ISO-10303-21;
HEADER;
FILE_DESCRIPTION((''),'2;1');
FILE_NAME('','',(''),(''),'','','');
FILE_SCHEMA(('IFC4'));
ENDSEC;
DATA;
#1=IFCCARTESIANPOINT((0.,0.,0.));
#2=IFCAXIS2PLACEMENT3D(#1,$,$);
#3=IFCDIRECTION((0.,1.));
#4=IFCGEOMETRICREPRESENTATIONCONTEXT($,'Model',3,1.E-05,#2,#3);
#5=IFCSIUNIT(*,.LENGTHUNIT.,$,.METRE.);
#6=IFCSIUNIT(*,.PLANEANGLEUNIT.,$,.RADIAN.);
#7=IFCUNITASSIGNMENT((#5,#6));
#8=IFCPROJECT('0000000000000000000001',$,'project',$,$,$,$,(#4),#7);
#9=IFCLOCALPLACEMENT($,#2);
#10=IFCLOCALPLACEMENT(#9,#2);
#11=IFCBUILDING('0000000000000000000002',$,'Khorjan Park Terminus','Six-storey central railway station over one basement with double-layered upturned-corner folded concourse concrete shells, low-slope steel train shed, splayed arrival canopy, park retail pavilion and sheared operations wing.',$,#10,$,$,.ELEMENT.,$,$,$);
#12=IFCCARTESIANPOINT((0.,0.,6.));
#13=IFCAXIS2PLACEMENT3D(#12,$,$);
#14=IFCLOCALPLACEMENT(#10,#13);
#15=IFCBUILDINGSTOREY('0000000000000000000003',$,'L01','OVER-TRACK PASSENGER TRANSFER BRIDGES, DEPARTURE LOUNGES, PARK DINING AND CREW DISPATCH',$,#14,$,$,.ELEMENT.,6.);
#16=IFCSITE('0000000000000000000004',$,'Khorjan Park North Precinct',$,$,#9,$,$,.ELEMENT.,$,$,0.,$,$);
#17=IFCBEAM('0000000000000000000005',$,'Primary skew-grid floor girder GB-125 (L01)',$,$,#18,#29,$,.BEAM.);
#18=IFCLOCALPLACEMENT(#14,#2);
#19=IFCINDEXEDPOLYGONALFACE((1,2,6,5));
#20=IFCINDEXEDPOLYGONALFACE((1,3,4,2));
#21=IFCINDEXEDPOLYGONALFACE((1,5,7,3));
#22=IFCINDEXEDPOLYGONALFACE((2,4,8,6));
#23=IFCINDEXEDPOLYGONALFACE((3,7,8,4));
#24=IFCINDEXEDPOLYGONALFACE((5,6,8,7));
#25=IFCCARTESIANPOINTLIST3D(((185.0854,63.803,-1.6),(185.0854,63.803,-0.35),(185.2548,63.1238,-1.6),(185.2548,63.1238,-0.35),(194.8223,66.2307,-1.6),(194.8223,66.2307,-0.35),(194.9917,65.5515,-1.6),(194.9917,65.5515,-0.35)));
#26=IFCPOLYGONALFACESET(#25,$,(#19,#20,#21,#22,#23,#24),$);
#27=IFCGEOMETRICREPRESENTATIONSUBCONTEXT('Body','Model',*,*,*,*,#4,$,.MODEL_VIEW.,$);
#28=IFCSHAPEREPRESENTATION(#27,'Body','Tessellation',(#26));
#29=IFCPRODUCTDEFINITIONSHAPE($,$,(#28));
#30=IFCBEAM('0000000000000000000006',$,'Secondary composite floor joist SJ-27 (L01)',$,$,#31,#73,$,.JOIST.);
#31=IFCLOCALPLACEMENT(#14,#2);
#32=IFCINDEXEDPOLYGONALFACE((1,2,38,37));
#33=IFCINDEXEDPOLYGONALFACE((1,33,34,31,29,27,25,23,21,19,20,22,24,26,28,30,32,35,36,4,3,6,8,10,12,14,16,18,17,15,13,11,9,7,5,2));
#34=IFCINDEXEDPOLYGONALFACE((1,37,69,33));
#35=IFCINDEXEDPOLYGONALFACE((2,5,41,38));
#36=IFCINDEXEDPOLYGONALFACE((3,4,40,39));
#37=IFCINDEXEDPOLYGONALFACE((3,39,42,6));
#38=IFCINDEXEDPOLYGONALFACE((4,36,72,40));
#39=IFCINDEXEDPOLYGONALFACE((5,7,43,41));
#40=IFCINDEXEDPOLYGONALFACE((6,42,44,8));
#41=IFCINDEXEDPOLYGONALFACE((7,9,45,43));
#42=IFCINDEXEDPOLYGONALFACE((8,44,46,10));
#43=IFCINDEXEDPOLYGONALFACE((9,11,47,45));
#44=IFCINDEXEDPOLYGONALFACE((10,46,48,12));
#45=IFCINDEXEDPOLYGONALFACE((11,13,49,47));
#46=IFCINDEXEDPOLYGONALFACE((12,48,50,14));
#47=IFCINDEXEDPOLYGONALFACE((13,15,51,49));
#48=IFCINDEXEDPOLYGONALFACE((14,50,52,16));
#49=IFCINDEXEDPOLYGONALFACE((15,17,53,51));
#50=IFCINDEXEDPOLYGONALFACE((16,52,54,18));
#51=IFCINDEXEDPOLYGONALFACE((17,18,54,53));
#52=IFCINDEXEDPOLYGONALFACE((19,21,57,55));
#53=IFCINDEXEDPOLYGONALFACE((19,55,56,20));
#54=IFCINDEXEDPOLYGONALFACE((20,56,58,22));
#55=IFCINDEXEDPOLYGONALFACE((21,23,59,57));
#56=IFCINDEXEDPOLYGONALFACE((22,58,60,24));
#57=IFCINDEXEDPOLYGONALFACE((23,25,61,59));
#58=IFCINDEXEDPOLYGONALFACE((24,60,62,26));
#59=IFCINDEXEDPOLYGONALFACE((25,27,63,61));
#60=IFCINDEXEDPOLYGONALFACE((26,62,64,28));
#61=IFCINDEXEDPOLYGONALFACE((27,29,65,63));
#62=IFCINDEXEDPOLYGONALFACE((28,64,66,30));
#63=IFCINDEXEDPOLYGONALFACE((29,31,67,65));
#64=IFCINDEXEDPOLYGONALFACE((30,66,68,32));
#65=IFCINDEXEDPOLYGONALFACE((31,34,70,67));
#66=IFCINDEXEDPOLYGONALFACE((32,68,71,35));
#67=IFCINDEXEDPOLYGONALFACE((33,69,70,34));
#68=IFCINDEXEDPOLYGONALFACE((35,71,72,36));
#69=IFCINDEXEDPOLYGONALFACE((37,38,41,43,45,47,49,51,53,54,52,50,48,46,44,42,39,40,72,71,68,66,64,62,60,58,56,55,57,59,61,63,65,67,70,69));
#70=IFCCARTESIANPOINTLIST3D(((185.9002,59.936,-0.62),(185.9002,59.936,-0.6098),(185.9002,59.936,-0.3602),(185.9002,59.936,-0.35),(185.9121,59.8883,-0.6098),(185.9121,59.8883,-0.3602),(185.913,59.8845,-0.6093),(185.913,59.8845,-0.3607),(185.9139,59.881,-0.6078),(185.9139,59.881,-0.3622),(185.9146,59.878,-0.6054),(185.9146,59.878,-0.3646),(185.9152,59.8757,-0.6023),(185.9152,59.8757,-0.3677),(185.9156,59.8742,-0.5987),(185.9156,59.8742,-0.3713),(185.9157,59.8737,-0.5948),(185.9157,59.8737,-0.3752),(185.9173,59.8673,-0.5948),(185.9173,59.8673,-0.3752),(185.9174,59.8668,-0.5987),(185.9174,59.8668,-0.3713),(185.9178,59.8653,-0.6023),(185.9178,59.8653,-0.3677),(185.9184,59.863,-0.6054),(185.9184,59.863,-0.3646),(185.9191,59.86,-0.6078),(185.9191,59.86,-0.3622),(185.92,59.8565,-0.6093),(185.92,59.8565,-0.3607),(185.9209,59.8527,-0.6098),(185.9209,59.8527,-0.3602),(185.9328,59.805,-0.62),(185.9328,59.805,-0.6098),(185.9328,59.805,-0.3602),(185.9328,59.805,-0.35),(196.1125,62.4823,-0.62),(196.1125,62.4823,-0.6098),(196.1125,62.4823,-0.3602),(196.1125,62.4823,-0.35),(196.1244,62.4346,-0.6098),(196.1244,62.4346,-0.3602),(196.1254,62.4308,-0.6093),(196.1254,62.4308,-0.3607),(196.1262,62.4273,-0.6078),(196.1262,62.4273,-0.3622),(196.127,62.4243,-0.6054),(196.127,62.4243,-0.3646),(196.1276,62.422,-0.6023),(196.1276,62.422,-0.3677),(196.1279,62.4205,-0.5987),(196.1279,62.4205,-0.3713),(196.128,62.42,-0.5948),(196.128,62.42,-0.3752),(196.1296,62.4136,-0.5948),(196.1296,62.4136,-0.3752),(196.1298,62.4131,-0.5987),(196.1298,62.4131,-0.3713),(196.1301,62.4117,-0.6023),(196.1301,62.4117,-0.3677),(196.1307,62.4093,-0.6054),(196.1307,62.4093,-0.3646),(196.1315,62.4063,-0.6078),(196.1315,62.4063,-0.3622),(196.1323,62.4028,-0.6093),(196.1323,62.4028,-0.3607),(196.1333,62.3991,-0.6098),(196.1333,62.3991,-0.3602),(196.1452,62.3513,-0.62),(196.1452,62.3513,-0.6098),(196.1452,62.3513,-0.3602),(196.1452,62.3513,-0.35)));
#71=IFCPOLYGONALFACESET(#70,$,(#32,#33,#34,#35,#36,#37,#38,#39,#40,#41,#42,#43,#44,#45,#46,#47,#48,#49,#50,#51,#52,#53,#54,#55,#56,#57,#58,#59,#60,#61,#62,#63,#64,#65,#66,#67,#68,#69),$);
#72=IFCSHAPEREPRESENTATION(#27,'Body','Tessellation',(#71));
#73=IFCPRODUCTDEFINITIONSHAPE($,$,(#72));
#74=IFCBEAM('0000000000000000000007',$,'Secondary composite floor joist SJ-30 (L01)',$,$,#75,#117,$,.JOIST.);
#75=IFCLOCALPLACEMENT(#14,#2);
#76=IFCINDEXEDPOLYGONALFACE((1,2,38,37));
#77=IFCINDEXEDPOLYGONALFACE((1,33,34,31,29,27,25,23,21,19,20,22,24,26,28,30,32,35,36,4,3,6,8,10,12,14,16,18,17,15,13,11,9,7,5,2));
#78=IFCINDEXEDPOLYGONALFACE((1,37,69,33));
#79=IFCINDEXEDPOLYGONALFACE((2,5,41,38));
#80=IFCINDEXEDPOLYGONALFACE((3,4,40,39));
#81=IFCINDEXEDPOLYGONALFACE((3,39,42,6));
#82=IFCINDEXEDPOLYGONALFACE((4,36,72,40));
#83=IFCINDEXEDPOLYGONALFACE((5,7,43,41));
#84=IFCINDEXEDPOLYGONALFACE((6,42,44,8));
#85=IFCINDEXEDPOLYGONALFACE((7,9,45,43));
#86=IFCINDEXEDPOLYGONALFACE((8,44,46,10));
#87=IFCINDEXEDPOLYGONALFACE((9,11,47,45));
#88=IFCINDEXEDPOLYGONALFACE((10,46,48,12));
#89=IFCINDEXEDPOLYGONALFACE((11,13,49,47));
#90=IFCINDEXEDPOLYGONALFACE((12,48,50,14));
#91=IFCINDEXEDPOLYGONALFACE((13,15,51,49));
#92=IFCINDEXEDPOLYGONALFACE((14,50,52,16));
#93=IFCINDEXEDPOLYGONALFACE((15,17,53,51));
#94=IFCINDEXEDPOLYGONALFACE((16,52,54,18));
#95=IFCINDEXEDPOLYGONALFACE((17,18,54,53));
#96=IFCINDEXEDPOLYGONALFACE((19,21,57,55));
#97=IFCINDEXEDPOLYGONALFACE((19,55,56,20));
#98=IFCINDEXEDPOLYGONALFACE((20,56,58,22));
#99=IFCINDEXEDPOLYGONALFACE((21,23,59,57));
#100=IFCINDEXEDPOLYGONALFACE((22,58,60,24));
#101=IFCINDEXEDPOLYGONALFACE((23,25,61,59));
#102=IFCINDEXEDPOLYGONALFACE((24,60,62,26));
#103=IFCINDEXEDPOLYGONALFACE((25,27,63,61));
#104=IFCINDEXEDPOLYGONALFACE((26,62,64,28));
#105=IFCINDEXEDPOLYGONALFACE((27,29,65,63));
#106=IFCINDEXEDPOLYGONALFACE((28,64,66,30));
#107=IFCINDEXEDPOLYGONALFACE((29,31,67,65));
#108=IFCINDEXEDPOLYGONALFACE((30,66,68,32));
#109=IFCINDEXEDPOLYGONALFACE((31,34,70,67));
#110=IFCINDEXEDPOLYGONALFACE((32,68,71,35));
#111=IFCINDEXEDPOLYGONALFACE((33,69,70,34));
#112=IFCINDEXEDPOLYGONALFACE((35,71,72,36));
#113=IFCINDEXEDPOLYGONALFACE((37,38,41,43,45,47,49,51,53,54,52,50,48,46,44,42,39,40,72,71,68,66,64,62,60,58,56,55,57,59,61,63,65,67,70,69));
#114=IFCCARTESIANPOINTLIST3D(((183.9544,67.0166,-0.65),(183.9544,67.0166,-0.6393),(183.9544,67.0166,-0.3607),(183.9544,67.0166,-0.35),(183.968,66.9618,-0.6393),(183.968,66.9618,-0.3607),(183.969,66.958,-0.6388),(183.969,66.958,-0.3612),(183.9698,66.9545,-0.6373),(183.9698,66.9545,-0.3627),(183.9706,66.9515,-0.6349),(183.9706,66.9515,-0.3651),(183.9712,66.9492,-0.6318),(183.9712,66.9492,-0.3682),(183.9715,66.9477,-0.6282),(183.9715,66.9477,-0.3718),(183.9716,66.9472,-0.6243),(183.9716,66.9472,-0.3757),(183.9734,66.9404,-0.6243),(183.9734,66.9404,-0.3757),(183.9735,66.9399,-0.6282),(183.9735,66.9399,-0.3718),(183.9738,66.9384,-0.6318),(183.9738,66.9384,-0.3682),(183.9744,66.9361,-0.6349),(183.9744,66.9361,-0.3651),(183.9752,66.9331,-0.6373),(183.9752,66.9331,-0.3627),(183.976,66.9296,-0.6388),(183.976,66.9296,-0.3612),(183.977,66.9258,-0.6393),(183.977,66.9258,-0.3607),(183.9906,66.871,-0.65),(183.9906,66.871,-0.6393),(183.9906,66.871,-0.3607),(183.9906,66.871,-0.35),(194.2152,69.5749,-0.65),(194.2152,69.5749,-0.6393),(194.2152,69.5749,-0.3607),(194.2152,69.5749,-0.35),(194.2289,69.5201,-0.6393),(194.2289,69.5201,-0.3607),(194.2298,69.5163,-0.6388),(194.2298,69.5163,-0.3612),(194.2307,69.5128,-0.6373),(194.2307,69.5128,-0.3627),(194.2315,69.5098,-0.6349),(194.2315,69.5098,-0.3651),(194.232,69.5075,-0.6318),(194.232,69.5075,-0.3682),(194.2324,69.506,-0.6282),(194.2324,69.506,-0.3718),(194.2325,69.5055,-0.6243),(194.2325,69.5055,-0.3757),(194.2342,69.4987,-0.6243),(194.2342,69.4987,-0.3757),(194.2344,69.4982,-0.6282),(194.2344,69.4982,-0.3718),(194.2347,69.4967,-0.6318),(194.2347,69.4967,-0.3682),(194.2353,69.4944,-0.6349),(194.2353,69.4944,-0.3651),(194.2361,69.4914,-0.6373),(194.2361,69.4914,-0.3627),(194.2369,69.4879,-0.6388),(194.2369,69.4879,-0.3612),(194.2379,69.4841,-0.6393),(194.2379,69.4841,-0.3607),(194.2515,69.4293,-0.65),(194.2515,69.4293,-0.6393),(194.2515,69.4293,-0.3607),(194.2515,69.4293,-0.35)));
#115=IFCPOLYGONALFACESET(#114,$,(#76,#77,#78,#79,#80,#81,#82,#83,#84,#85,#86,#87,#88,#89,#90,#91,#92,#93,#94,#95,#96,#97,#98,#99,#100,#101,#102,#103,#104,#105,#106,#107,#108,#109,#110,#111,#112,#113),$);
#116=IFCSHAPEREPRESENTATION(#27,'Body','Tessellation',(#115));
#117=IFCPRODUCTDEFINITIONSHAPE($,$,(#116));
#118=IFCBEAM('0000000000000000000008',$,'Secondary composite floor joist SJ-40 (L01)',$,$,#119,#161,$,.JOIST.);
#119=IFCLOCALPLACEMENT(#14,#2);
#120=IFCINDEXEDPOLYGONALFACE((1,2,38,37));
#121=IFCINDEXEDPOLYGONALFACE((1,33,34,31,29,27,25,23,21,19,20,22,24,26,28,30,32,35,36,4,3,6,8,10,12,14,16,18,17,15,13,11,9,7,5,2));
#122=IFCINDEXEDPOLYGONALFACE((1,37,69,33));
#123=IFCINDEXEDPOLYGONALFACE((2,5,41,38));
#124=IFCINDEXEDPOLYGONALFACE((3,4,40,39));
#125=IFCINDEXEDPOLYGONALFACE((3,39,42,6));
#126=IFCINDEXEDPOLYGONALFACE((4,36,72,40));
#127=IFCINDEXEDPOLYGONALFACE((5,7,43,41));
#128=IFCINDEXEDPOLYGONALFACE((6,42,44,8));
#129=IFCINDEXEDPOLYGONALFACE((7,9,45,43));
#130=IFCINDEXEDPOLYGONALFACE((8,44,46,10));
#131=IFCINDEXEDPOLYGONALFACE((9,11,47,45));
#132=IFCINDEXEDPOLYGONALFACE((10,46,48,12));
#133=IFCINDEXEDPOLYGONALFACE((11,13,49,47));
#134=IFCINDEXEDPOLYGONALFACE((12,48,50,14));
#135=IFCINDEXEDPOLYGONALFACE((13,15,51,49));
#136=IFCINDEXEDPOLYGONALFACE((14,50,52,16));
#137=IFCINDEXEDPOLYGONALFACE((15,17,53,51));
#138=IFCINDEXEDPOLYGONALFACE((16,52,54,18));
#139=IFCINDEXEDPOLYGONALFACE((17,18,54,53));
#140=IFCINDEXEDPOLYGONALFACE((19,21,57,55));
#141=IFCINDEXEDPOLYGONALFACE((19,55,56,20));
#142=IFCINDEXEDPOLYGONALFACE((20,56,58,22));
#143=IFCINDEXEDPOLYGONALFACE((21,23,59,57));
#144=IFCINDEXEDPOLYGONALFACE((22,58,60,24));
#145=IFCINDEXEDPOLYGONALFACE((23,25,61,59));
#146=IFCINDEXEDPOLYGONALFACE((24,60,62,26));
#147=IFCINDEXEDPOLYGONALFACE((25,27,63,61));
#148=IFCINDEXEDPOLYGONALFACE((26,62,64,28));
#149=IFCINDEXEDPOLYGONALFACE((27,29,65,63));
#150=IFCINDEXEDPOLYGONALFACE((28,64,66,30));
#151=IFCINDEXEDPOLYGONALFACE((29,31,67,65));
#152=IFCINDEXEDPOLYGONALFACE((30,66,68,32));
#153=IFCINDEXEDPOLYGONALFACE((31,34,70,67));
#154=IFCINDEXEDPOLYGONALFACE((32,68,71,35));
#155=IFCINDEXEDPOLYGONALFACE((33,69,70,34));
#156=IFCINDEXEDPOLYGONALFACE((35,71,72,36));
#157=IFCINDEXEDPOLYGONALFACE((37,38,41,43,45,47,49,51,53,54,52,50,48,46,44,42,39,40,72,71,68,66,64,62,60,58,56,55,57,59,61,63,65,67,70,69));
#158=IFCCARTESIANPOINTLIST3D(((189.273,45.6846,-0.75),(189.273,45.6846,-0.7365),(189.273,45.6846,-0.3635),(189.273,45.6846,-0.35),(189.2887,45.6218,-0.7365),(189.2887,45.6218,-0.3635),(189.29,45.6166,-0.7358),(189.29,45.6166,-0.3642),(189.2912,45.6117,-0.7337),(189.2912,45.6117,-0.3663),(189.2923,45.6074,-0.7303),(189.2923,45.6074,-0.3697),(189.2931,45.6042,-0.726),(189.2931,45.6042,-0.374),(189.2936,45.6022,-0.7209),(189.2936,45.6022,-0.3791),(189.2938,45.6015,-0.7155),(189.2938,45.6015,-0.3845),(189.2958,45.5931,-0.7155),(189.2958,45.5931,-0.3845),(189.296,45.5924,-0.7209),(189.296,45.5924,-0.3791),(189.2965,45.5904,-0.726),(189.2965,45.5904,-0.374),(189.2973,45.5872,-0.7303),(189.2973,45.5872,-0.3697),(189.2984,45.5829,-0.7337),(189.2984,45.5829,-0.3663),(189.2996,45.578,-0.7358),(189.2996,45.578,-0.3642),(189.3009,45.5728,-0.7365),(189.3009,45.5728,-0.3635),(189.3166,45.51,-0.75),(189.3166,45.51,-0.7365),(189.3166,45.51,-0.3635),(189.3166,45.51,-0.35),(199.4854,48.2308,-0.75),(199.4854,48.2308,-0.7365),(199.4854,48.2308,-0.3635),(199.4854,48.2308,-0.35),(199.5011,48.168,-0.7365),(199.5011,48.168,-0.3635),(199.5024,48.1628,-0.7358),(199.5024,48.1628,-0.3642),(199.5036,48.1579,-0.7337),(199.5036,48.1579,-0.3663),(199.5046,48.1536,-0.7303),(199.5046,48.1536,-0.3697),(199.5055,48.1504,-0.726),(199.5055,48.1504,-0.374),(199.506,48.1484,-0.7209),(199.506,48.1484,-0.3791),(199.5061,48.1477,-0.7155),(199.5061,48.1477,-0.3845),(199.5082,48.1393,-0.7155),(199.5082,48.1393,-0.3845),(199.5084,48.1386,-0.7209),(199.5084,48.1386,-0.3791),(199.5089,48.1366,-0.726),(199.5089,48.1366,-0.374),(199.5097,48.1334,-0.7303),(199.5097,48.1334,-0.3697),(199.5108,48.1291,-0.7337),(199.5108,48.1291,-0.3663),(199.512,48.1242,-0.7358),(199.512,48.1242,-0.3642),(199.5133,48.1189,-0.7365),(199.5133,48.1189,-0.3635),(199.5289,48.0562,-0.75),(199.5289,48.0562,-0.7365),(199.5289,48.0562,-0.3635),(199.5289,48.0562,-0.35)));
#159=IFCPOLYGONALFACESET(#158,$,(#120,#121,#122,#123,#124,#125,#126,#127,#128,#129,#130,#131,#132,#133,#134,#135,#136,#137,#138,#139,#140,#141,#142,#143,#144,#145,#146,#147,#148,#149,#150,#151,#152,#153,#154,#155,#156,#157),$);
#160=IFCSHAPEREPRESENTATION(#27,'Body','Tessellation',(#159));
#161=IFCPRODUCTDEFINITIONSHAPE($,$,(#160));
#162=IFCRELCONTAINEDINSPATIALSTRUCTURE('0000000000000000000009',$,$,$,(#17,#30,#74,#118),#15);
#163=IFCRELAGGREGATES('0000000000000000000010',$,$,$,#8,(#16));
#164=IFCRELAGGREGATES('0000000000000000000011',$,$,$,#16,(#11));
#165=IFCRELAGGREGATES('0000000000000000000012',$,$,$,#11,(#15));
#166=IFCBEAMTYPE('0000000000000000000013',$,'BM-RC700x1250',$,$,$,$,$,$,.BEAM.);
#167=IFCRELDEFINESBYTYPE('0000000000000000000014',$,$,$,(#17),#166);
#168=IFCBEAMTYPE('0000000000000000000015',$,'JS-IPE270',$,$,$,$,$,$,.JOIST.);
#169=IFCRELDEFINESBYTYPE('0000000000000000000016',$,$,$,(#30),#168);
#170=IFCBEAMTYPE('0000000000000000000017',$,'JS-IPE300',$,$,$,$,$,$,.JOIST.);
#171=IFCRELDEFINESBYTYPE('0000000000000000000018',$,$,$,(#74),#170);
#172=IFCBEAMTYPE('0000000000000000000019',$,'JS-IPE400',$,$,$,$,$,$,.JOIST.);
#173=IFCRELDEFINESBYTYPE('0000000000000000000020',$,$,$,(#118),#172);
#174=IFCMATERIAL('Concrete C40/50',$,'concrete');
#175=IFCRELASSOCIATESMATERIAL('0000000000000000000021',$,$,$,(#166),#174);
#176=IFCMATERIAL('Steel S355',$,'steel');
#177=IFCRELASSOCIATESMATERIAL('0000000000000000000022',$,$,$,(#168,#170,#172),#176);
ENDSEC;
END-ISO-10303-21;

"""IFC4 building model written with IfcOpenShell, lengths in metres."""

from ifc_helpers import new_model, si_unit, direction, frame, origin, origin_2d, place, context, subcontext, project, spatial, rectangle, i_section, extrude, material, material_profile, profile_set, type_object, element, save


model = new_model("IFC4")

# Units and contexts
model_context = context("Model", 3, precision=1e-05, world=origin(), true_north=direction((0.0, 1.0)))
body_context = subcontext(model_context, "Body", "Model", "MODEL_VIEW")
ifc_project = project(units=[si_unit("LENGTHUNIT", "METRE"), si_unit("PLANEANGLEUNIT", "RADIAN")], contexts=[model_context])

# Site, building, storey
site_placement = place(None, origin())
site = spatial("IfcSite", under=ifc_project, at=site_placement, Name="Khorjan Park North Precinct", CompositionType="ELEMENT", RefElevation=0.0)
building_placement = place(site_placement, origin())
building = spatial("IfcBuilding", under=site, at=building_placement, Name="Khorjan Park Terminus", Description="Six-storey central railway station over one basement with double-layered upturned-corner folded concourse concrete shells, low-slope steel train shed, splayed arrival canopy, park retail pavilion and sheared operations wing.", CompositionType="ELEMENT")
storey_placement = place(building_placement, frame((0.0, 0.0, 6.0)))
storey = spatial("IfcBuildingStorey", under=building, at=storey_placement, Name="L01", Description="OVER-TRACK PASSENGER TRANSFER BRIDGES, DEPARTURE LOUNGES, PARK DINING AND CREW DISPATCH", CompositionType="ELEMENT", Elevation=6.0)

# Beams
ifc_material_1 = material(Name="Steel S355", Category="steel")
ifc_material_2 = material(Name="Concrete C40/50", Category="concrete")
ifc_material_profile_1 = material_profile(ifc_material_2, rectangle(XDim=0.7, YDim=1.25, at=origin_2d()), Name="RC 700x1250")
ifc_profile_set_1 = profile_set([ifc_material_profile_1], Name="Concrete C40/50")
beam_type_1 = type_object("IfcBeamType", Name="BM-RC700x1250", PredefinedType="BEAM", material=ifc_profile_set_1)
beam_1_placement = place(storey_placement, frame((185.1701, 63.4634, -0.975), z_axis=(0.970295, 0.241924, 0.0), x_axis=(-0.241924, 0.970295, 0.0)))
element("IfcBeam", 1, at=beam_1_placement, inside=storey, type_object=beam_type_1, Name="Primary skew-grid floor girder GB-125 (L01)", PredefinedType="BEAM", context=body_context, shape_type="SweptSolid", body=[
    extrude(rectangle(XDim=0.7, YDim=1.25, at=origin_2d()), origin(), (0.0, 0.0, 1.0), 10.035),
])
ifc_material_profile_2 = material_profile(ifc_material_1, i_section(OverallWidth=0.135, OverallDepth=0.27, WebThickness=0.0066, FlangeThickness=0.0102, FilletRadius=0.015, at=origin_2d()), Name="IPE 270")
ifc_profile_set_2 = profile_set([ifc_material_profile_2], Name="Steel S355")
beam_type_2 = type_object("IfcBeamType", Name="JS-IPE270", PredefinedType="JOIST", material=ifc_profile_set_2)
beam_2_placement = place(storey_placement, frame((185.9165, 59.8705, -0.485), z_axis=(0.970294, 0.24193, 0.0), x_axis=(-0.24193, 0.970294, 0.0)))
element("IfcBeam", 2, at=beam_2_placement, inside=storey, type_object=beam_type_2, Name="Secondary composite floor joist SJ-27 (L01)", PredefinedType="JOIST", context=body_context, shape_type="SweptSolid", body=[
    extrude(i_section(OverallWidth=0.135, OverallDepth=0.27, WebThickness=0.0066, FlangeThickness=0.0102, FilletRadius=0.015, at=origin_2d()), origin(), (0.0, 0.0, 1.0), 10.525),
])
ifc_material_profile_3 = material_profile(ifc_material_1, i_section(OverallWidth=0.15, OverallDepth=0.3, WebThickness=0.0071, FlangeThickness=0.0107, FilletRadius=0.015, at=origin_2d()), Name="IPE 300")
ifc_profile_set_3 = profile_set([ifc_material_profile_3], Name="Steel S355")
beam_type_3 = type_object("IfcBeamType", Name="JS-IPE300", PredefinedType="JOIST", material=ifc_profile_set_3)
beam_3_placement = place(storey_placement, frame((183.9725, 66.9438, -0.5), z_axis=(0.970296, 0.241919, 0.0), x_axis=(-0.241919, 0.970296, 0.0)))
element("IfcBeam", 3, at=beam_3_placement, inside=storey, type_object=beam_type_3, Name="Secondary composite floor joist SJ-30 (L01)", PredefinedType="JOIST", context=body_context, shape_type="SweptSolid", body=[
    extrude(i_section(OverallWidth=0.15, OverallDepth=0.3, WebThickness=0.0071, FlangeThickness=0.0107, FilletRadius=0.015, at=origin_2d()), origin(), (0.0, 0.0, 1.0), 10.575),
])
ifc_material_profile_4 = material_profile(ifc_material_1, i_section(OverallWidth=0.18, OverallDepth=0.4, WebThickness=0.0086, FlangeThickness=0.0135, FilletRadius=0.021, at=origin_2d()), Name="IPE 400")
ifc_profile_set_4 = profile_set([ifc_material_profile_4], Name="Steel S355")
beam_type_4 = type_object("IfcBeamType", Name="JS-IPE400", PredefinedType="JOIST", material=ifc_profile_set_4)
beam_4_placement = place(storey_placement, frame((189.2948, 45.5973, -0.55), z_axis=(0.970297, 0.241919, 0.0), x_axis=(-0.241919, 0.970297, 0.0)))
element("IfcBeam", 4, at=beam_4_placement, inside=storey, type_object=beam_type_4, Name="Secondary composite floor joist SJ-40 (L01)", PredefinedType="JOIST", context=body_context, shape_type="SweptSolid", body=[
    extrude(i_section(OverallWidth=0.18, OverallDepth=0.4, WebThickness=0.0086, FlangeThickness=0.0135, FilletRadius=0.021, at=origin_2d()), origin(), (0.0, 0.0, 1.0), 10.525),
])

save(model, "model.ifc")
